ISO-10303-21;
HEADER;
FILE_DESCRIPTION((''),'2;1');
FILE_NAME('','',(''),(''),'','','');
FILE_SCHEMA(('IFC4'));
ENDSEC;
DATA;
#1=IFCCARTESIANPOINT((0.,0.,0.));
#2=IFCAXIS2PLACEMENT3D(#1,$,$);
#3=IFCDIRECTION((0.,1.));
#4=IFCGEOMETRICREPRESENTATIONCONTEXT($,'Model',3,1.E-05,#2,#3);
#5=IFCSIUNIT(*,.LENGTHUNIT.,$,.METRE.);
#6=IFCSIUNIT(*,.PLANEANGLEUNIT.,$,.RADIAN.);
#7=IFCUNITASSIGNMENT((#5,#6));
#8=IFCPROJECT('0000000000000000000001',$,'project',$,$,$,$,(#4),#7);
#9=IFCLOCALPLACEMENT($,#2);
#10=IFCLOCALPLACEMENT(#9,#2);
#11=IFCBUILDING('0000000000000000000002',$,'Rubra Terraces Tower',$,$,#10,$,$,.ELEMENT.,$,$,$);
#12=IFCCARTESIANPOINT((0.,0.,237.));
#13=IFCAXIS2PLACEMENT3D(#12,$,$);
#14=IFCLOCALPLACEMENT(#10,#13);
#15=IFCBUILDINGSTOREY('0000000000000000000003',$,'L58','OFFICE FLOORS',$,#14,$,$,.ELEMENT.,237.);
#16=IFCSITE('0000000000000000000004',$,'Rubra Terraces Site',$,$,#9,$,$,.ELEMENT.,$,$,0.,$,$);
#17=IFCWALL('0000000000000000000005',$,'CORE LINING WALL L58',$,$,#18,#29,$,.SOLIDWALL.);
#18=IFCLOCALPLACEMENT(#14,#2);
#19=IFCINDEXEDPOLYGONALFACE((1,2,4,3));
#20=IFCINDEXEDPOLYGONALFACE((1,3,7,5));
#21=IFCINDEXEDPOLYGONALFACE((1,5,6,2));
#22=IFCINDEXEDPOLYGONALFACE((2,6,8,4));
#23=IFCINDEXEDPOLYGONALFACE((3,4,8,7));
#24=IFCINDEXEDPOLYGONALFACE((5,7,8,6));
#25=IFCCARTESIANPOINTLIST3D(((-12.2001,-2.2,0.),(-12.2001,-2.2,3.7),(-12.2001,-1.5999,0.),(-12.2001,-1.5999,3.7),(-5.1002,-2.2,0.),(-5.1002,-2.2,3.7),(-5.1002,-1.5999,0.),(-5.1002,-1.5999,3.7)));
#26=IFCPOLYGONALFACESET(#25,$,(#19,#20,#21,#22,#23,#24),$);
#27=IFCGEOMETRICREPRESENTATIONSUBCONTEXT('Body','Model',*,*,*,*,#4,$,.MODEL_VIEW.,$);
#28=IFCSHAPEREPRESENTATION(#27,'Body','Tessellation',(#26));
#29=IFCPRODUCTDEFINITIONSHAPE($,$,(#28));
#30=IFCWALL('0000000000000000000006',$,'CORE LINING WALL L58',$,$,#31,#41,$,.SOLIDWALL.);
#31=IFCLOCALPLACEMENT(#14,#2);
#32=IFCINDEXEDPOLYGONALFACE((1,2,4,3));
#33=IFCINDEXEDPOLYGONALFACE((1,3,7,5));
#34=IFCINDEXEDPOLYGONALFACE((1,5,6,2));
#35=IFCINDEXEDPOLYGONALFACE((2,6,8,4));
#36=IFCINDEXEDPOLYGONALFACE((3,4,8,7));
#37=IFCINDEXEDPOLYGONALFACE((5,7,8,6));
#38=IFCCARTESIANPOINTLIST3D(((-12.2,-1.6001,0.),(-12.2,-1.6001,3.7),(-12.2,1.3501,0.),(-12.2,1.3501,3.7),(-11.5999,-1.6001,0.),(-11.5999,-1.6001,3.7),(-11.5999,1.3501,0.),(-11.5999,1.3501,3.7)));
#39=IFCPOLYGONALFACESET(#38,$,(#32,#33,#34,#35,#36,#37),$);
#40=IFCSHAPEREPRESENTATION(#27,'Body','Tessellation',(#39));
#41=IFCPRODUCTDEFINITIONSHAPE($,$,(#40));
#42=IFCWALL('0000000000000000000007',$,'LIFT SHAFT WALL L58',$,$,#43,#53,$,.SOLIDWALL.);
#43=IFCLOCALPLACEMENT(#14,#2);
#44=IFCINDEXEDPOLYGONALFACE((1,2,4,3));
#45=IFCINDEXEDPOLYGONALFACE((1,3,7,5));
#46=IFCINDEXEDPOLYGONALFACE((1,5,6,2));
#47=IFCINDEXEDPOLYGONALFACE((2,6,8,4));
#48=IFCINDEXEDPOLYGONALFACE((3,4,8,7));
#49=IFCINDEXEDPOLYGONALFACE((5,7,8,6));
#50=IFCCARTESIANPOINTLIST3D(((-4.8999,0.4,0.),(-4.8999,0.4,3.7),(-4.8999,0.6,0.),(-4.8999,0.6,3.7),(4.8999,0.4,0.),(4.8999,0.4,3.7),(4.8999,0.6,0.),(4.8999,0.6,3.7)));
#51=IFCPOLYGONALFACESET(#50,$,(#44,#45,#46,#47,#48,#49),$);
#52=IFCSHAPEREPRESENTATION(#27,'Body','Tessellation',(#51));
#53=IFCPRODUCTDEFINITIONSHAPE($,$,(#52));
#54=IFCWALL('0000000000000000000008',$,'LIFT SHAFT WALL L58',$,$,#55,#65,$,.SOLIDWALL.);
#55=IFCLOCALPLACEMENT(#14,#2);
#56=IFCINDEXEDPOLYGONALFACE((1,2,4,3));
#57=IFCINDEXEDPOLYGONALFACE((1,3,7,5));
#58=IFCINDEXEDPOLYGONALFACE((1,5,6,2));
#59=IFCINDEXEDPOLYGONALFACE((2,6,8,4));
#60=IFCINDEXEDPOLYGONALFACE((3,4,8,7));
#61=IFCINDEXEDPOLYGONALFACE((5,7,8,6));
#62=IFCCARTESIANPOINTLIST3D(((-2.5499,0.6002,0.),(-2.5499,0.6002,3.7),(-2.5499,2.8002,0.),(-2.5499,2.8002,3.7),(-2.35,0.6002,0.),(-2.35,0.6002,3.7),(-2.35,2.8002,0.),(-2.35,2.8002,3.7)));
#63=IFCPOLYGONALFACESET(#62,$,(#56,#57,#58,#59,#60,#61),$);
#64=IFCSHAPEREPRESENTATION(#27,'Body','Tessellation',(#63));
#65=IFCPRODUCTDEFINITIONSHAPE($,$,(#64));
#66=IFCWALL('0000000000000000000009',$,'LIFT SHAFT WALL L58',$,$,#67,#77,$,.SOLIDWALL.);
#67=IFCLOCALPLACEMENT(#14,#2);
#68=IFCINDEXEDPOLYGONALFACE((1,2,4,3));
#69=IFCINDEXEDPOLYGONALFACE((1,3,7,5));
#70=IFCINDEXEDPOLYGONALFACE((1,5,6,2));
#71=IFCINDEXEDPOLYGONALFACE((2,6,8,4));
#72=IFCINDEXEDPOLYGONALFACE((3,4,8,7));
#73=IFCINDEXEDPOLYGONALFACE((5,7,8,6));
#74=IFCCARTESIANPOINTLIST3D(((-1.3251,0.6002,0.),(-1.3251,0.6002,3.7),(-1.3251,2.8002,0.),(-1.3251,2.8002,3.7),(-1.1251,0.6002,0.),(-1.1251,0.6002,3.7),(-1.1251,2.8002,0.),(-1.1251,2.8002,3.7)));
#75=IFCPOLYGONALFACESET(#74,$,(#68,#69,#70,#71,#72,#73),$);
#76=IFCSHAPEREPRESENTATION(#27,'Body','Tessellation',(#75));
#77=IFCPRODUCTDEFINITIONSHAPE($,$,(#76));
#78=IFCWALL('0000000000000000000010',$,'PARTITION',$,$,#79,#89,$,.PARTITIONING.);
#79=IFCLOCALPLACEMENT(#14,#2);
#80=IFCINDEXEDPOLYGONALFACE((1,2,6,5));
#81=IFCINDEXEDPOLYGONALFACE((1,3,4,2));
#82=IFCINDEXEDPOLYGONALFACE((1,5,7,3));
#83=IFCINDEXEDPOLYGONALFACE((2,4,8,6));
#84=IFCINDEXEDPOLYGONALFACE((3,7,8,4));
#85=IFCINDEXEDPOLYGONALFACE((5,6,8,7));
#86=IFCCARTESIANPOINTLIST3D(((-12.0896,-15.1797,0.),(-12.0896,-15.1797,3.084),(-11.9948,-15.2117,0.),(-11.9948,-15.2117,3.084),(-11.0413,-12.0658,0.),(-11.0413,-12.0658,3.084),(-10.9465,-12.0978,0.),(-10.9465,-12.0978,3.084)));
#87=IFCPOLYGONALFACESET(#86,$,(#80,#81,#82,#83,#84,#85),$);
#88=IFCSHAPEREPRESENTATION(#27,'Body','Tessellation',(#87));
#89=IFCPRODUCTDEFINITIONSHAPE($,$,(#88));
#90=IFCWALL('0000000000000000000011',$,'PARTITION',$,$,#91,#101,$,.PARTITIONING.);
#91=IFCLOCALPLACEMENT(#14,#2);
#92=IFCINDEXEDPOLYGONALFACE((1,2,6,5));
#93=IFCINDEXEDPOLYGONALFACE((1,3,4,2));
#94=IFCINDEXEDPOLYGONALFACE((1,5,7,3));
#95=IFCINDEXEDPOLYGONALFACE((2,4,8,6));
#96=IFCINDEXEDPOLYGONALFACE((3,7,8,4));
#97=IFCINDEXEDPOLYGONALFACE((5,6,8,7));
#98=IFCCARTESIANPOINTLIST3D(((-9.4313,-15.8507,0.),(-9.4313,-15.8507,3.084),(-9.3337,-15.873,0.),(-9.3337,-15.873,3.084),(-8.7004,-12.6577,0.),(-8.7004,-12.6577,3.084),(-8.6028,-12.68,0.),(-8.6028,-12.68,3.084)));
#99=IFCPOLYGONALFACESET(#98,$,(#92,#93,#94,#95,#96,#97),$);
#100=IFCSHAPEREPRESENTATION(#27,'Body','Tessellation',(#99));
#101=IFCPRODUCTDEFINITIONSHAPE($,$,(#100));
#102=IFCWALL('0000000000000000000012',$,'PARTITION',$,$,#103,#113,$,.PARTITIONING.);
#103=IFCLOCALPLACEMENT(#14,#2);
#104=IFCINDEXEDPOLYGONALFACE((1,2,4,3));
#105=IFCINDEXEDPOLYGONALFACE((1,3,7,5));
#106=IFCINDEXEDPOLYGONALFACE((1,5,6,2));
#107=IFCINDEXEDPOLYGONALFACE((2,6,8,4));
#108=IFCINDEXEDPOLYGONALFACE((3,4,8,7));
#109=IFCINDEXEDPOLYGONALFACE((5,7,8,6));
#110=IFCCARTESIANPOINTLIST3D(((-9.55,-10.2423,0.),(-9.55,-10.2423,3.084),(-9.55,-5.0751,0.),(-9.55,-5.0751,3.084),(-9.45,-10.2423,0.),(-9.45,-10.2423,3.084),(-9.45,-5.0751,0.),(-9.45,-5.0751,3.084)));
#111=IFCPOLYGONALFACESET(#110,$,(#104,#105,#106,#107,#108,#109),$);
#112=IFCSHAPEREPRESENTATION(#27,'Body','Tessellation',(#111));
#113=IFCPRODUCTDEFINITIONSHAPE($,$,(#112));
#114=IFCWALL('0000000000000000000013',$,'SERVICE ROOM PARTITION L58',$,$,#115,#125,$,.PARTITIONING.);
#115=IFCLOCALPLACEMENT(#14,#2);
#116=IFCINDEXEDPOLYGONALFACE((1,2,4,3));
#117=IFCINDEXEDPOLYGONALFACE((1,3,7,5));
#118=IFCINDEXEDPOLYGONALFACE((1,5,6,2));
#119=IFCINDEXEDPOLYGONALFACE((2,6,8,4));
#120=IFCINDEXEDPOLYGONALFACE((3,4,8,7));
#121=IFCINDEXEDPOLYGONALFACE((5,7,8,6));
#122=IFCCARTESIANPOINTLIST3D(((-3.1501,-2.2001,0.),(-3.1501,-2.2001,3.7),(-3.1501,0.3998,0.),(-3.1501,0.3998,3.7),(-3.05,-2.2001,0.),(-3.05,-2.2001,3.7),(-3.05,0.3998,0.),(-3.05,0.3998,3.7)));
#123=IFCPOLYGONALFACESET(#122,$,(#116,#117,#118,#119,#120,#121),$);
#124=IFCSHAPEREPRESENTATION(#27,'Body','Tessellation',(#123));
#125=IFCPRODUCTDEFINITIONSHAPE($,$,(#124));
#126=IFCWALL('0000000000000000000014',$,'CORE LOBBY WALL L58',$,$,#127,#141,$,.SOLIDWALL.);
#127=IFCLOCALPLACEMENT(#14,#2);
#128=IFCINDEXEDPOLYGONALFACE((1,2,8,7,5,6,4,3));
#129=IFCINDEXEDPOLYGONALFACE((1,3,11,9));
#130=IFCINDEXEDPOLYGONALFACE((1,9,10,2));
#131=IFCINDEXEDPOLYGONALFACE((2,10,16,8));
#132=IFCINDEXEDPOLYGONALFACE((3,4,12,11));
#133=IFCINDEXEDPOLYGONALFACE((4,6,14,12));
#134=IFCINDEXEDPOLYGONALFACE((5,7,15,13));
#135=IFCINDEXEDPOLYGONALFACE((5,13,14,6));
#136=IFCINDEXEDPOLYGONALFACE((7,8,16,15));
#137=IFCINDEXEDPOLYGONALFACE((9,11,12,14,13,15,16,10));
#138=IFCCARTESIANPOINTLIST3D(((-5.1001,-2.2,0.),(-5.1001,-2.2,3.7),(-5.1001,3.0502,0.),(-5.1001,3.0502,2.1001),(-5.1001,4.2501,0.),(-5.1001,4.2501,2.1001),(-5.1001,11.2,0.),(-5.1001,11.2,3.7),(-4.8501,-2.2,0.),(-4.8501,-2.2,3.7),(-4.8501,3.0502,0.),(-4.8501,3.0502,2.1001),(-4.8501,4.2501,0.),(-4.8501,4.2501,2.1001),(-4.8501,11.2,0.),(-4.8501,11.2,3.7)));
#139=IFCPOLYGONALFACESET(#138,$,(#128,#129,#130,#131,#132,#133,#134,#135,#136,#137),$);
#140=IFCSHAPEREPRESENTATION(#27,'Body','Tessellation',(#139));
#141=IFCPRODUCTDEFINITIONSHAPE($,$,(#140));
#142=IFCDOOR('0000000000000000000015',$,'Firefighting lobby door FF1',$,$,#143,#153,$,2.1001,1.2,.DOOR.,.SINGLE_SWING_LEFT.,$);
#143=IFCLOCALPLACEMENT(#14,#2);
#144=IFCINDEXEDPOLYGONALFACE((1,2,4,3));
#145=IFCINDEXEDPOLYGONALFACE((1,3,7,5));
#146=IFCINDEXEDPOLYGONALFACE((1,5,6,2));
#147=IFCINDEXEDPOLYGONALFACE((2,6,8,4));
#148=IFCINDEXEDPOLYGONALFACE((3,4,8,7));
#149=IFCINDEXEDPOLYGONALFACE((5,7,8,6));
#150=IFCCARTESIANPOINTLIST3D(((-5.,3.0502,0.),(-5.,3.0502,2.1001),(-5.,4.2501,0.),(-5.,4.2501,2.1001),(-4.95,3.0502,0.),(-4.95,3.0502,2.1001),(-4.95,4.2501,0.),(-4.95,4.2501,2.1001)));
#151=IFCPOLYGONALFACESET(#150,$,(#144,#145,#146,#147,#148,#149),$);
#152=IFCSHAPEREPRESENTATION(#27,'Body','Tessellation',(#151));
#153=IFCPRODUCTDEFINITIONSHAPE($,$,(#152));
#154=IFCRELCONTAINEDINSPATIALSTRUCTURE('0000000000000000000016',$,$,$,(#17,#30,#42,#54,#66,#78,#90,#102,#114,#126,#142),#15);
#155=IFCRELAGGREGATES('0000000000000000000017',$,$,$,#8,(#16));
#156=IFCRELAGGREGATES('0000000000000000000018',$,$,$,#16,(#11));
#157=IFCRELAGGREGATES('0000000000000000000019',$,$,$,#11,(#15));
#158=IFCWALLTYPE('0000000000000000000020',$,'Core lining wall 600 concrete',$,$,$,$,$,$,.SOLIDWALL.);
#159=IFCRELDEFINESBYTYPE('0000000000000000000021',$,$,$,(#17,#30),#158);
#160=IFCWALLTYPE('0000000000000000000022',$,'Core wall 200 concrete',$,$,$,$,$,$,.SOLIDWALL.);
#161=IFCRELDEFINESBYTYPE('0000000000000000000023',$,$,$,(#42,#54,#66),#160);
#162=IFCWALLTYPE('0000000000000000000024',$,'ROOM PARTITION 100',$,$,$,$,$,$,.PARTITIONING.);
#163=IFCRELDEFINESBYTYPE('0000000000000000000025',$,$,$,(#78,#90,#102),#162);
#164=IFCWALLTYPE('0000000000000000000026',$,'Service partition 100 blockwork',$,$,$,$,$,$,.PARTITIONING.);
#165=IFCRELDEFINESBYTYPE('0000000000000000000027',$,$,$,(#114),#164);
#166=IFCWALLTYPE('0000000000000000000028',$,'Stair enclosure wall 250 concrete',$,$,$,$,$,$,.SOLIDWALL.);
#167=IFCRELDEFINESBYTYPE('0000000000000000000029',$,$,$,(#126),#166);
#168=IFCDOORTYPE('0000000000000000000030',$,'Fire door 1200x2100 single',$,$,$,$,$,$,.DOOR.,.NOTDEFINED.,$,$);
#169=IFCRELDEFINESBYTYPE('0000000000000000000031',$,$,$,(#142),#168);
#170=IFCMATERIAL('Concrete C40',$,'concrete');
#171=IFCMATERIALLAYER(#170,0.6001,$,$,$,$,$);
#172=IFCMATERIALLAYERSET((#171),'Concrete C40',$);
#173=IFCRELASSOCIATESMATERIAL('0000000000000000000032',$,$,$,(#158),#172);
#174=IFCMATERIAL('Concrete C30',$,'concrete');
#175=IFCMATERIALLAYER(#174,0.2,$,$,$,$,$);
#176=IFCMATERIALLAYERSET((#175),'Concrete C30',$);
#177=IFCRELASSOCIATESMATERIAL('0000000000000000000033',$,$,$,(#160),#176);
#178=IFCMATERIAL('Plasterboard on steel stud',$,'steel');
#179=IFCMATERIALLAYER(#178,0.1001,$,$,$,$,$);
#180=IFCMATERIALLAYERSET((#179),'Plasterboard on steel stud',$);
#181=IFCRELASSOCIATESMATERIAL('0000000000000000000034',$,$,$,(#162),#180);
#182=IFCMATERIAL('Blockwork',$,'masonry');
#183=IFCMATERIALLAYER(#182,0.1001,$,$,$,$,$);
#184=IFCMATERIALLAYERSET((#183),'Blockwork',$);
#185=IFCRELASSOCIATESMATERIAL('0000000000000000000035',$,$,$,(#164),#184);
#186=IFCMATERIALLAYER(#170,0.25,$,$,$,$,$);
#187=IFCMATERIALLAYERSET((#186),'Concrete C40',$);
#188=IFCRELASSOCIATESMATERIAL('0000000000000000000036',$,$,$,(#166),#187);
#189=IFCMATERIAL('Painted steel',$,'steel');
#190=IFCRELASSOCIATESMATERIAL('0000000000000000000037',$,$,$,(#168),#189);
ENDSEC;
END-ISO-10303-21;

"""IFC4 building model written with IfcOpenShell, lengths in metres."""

from ifc_helpers import new_model, si_unit, direction, frame, frame_2d, origin, place, context, subcontext, project, spatial, rectangle, extrude, material, layer, layer_set, type_object, element, fill, save


model = new_model("IFC4")

# Units and contexts
model_context = context("Model", 3, precision=1e-05, world=origin(), true_north=direction((0.0, 1.0)))
body_context = subcontext(model_context, "Body", "Model", "MODEL_VIEW")
ifc_project = project(units=[si_unit("LENGTHUNIT", "METRE"), si_unit("PLANEANGLEUNIT", "RADIAN")], contexts=[model_context])

# Site, building, storey
site_placement = place(None, origin())
site = spatial("IfcSite", under=ifc_project, at=site_placement, Name="Rubra Terraces Site", CompositionType="ELEMENT", RefElevation=0.0)
building_placement = place(site_placement, origin())
building = spatial("IfcBuilding", under=site, at=building_placement, Name="Rubra Terraces Tower", CompositionType="ELEMENT")
storey_placement = place(building_placement, frame((0.0, 0.0, 237.0)))
storey = spatial("IfcBuildingStorey", under=building, at=storey_placement, Name="L58", Description="OFFICE FLOORS", CompositionType="ELEMENT", Elevation=237.0)

# Shared definitions
ifc_material_1 = material(Name="Painted steel", Category="steel")

# Walls
ifc_material_2 = material(Name="Concrete C40", Category="concrete")
ifc_layer_1 = layer(ifc_material_2, 0.6001)
ifc_layer_set_1 = layer_set([ifc_layer_1], Name="Concrete C40")
wall_type_1 = type_object("IfcWallType", Name="Core lining wall 600 concrete", PredefinedType="SOLIDWALL", material=ifc_layer_set_1)
wall_1_placement = place(storey_placement, frame((-12.2, -1.8999, 0.0), z_axis=(0.0, 0.0, 1.0), x_axis=(1.0, 0.0, 0.0)))
element("IfcWall", 1, at=wall_1_placement, inside=storey, type_object=wall_type_1, Name="CORE LINING WALL L58", PredefinedType="SOLIDWALL", context=body_context, shape_type="SweptSolid", body=[
    extrude(rectangle(XDim=7.0999, YDim=0.6001, at=frame_2d((3.5498, 0.0))), origin(), (0.0, 0.0, 1.0), 3.7),
])
wall_2_placement = place(storey_placement, frame((-11.8999, -1.6001, 0.0), z_axis=(0.0, 0.0, 1.0), x_axis=(0.0, 1.0, 0.0)))
element("IfcWall", 2, at=wall_2_placement, inside=storey, type_object=wall_type_1, Name="CORE LINING WALL L58", PredefinedType="SOLIDWALL", context=body_context, shape_type="SweptSolid", body=[
    extrude(rectangle(XDim=2.9502, YDim=0.6001, at=frame_2d((1.4751, 0.0))), origin(), (0.0, 0.0, 1.0), 3.7),
])
ifc_material_3 = material(Name="Concrete C30", Category="concrete")
ifc_layer_2 = layer(ifc_material_3, 0.2)
ifc_layer_set_2 = layer_set([ifc_layer_2], Name="Concrete C30")
wall_type_2 = type_object("IfcWallType", Name="Core wall 200 concrete", PredefinedType="SOLIDWALL", material=ifc_layer_set_2)
wall_3_placement = place(storey_placement, frame((-4.8999, 0.5, 0.0), z_axis=(0.0, 0.0, 1.0), x_axis=(1.0, 0.0, 0.0)))
element("IfcWall", 3, at=wall_3_placement, inside=storey, type_object=wall_type_2, Name="LIFT SHAFT WALL L58", PredefinedType="SOLIDWALL", context=body_context, shape_type="SweptSolid", body=[
    extrude(rectangle(XDim=9.7998, YDim=0.2, at=frame_2d((4.8999, 0.0))), origin(), (0.0, 0.0, 1.0), 3.7),
])
for number, where, z_axis, x_axis, name in (
    (4, (-2.45, 0.6001, 0.0), (0.0, 0.0, 1.0), (0.0, 1.0, 0.0), "LIFT SHAFT WALL L58"),
    (5, (-1.2251, 0.6001, 0.0), (0.0, 0.0, 1.0), (0.0, 1.0, 0.0), "LIFT SHAFT WALL L58"),
):
    element("IfcWall", number, at=place(storey_placement, frame(where, z_axis=z_axis, x_axis=x_axis)), inside=storey, type_object=wall_type_2, Name=name, PredefinedType="SOLIDWALL", context=body_context, shape_type="SweptSolid", body=[
        extrude(rectangle(XDim=2.2, YDim=0.2, at=frame_2d((1.1001, 0.0))), origin(), (0.0, 0.0, 1.0), 3.7),
    ])
ifc_material_4 = material(Name="Plasterboard on steel stud", Category="steel")
ifc_layer_3 = layer(ifc_material_4, 0.1001)
ifc_layer_set_3 = layer_set([ifc_layer_3], Name="Plasterboard on steel stud")
wall_type_3 = type_object("IfcWallType", Name="ROOM PARTITION 100", PredefinedType="PARTITIONING", material=ifc_layer_set_3)
wall_4_placement = place(storey_placement, frame((-10.9939, -12.0818, 0.0), z_axis=(0.0, 0.0, 1.0), x_axis=(-0.319057, -0.947735, 0.0)))
element("IfcWall", 6, at=wall_4_placement, inside=storey, type_object=wall_type_3, Name="PARTITION", PredefinedType="PARTITIONING", context=body_context, shape_type="SweptSolid", body=[
    extrude(rectangle(XDim=3.2856, YDim=0.1001, at=frame_2d((1.6428, 0.0))), origin(), (0.0, 0.0, 1.0), 3.084),
])
wall_5_placement = place(storey_placement, frame((-8.6516, -12.6689, 0.0), z_axis=(0.0, 0.0, 1.0), x_axis=(-0.223145, -0.974785, 0.0)))
element("IfcWall", 7, at=wall_5_placement, inside=storey, type_object=wall_type_3, Name="PARTITION", PredefinedType="PARTITIONING", context=body_context, shape_type="SweptSolid", body=[
    extrude(rectangle(XDim=3.2756, YDim=0.1001, at=frame_2d((1.6377, 0.0))), origin(), (0.0, 0.0, 1.0), 3.084),
])
wall_6_placement = place(storey_placement, frame((-9.5, -10.2422, 0.0), z_axis=(0.0, 0.0, 1.0), x_axis=(0.0, 1.0, 0.0)))
element("IfcWall", 8, at=wall_6_placement, inside=storey, type_object=wall_type_3, Name="PARTITION", PredefinedType="PARTITIONING", context=body_context, shape_type="SweptSolid", body=[
    extrude(rectangle(XDim=5.1672, YDim=0.1001, at=frame_2d((2.5835, 0.0))), origin(), (0.0, 0.0, 1.0), 3.084),
])
ifc_material_5 = material(Name="Blockwork", Category="masonry")
ifc_layer_4 = layer(ifc_material_5, 0.1001)
ifc_layer_set_4 = layer_set([ifc_layer_4], Name="Blockwork")
wall_type_4 = type_object("IfcWallType", Name="Service partition 100 blockwork", PredefinedType="PARTITIONING", material=ifc_layer_set_4)
wall_7_placement = place(storey_placement, frame((-3.1001, -2.2, 0.0), z_axis=(0.0, 0.0, 1.0), x_axis=(0.0, 1.0, 0.0)))
element("IfcWall", 9, at=wall_7_placement, inside=storey, type_object=wall_type_4, Name="SERVICE ROOM PARTITION L58", PredefinedType="PARTITIONING", context=body_context, shape_type="SweptSolid", body=[
    extrude(rectangle(XDim=2.5999, YDim=0.1001, at=frame_2d((1.2998, 0.0))), origin(), (0.0, 0.0, 1.0), 3.7),
])

# Wall, opening, door
ifc_layer_5 = layer(ifc_material_2, 0.25)
ifc_layer_set_5 = layer_set([ifc_layer_5], Name="Concrete C40")
wall_type_5 = type_object("IfcWallType", Name="Stair enclosure wall 250 concrete", PredefinedType="SOLIDWALL", material=ifc_layer_set_5)
wall_8_placement = place(storey_placement, frame((-4.9751, -2.2, 0.0), z_axis=(0.0, 0.0, 1.0), x_axis=(0.0, 1.0, 0.0)))
wall_8 = element("IfcWall", 10, at=wall_8_placement, inside=storey, type_object=wall_type_5, Name="CORE LOBBY WALL L58", PredefinedType="SOLIDWALL", context=body_context, shape_type="SweptSolid", body=[
    extrude(rectangle(XDim=13.3999, YDim=0.25, at=frame_2d((6.7, 0.0))), origin(), (0.0, 0.0, 1.0), 3.7),
])
opening_1_placement = place(wall_8_placement, frame((5.25, 0.0, 0.0)))
opening_1 = element("IfcOpeningElement", 11, at=opening_1_placement, cuts=wall_8, PredefinedType="OPENING", context=body_context, shape_type="SweptSolid", body=[
    extrude(rectangle(XDim=1.2, YDim=2.1001, at=frame_2d((0.6001, 1.05))), frame((0.0, 0.135, 0.0), z_axis=(0.0, -1.0, 0.0), x_axis=(1.0, 0.0, 0.0)), (0.0, 0.0, 1.0), 0.27),
])
door_type_1 = type_object("IfcDoorType", Name="Fire door 1200x2100 single", OperationType="NOTDEFINED", PredefinedType="DOOR", material=ifc_material_1)
door_1_placement = place(opening_1_placement, origin())
door_1 = element("IfcDoor", 12, at=door_1_placement, inside=storey, type_object=door_type_1, Name="Firefighting lobby door FF1", OperationType="SINGLE_SWING_LEFT", OverallHeight=2.1001, OverallWidth=1.2, PredefinedType="DOOR", context=body_context, shape_type="SweptSolid", body=[
    extrude(rectangle(XDim=1.2, YDim=2.1001, at=frame_2d((0.6001, 1.05))), frame((0.0, 0.0249, 0.0), z_axis=(0.0, -1.0, 0.0), x_axis=(1.0, 0.0, 0.0)), (0.0, 0.0, 1.0), 0.05),
])
fill(opening_1, door_1)

save(model, "model.ifc")
